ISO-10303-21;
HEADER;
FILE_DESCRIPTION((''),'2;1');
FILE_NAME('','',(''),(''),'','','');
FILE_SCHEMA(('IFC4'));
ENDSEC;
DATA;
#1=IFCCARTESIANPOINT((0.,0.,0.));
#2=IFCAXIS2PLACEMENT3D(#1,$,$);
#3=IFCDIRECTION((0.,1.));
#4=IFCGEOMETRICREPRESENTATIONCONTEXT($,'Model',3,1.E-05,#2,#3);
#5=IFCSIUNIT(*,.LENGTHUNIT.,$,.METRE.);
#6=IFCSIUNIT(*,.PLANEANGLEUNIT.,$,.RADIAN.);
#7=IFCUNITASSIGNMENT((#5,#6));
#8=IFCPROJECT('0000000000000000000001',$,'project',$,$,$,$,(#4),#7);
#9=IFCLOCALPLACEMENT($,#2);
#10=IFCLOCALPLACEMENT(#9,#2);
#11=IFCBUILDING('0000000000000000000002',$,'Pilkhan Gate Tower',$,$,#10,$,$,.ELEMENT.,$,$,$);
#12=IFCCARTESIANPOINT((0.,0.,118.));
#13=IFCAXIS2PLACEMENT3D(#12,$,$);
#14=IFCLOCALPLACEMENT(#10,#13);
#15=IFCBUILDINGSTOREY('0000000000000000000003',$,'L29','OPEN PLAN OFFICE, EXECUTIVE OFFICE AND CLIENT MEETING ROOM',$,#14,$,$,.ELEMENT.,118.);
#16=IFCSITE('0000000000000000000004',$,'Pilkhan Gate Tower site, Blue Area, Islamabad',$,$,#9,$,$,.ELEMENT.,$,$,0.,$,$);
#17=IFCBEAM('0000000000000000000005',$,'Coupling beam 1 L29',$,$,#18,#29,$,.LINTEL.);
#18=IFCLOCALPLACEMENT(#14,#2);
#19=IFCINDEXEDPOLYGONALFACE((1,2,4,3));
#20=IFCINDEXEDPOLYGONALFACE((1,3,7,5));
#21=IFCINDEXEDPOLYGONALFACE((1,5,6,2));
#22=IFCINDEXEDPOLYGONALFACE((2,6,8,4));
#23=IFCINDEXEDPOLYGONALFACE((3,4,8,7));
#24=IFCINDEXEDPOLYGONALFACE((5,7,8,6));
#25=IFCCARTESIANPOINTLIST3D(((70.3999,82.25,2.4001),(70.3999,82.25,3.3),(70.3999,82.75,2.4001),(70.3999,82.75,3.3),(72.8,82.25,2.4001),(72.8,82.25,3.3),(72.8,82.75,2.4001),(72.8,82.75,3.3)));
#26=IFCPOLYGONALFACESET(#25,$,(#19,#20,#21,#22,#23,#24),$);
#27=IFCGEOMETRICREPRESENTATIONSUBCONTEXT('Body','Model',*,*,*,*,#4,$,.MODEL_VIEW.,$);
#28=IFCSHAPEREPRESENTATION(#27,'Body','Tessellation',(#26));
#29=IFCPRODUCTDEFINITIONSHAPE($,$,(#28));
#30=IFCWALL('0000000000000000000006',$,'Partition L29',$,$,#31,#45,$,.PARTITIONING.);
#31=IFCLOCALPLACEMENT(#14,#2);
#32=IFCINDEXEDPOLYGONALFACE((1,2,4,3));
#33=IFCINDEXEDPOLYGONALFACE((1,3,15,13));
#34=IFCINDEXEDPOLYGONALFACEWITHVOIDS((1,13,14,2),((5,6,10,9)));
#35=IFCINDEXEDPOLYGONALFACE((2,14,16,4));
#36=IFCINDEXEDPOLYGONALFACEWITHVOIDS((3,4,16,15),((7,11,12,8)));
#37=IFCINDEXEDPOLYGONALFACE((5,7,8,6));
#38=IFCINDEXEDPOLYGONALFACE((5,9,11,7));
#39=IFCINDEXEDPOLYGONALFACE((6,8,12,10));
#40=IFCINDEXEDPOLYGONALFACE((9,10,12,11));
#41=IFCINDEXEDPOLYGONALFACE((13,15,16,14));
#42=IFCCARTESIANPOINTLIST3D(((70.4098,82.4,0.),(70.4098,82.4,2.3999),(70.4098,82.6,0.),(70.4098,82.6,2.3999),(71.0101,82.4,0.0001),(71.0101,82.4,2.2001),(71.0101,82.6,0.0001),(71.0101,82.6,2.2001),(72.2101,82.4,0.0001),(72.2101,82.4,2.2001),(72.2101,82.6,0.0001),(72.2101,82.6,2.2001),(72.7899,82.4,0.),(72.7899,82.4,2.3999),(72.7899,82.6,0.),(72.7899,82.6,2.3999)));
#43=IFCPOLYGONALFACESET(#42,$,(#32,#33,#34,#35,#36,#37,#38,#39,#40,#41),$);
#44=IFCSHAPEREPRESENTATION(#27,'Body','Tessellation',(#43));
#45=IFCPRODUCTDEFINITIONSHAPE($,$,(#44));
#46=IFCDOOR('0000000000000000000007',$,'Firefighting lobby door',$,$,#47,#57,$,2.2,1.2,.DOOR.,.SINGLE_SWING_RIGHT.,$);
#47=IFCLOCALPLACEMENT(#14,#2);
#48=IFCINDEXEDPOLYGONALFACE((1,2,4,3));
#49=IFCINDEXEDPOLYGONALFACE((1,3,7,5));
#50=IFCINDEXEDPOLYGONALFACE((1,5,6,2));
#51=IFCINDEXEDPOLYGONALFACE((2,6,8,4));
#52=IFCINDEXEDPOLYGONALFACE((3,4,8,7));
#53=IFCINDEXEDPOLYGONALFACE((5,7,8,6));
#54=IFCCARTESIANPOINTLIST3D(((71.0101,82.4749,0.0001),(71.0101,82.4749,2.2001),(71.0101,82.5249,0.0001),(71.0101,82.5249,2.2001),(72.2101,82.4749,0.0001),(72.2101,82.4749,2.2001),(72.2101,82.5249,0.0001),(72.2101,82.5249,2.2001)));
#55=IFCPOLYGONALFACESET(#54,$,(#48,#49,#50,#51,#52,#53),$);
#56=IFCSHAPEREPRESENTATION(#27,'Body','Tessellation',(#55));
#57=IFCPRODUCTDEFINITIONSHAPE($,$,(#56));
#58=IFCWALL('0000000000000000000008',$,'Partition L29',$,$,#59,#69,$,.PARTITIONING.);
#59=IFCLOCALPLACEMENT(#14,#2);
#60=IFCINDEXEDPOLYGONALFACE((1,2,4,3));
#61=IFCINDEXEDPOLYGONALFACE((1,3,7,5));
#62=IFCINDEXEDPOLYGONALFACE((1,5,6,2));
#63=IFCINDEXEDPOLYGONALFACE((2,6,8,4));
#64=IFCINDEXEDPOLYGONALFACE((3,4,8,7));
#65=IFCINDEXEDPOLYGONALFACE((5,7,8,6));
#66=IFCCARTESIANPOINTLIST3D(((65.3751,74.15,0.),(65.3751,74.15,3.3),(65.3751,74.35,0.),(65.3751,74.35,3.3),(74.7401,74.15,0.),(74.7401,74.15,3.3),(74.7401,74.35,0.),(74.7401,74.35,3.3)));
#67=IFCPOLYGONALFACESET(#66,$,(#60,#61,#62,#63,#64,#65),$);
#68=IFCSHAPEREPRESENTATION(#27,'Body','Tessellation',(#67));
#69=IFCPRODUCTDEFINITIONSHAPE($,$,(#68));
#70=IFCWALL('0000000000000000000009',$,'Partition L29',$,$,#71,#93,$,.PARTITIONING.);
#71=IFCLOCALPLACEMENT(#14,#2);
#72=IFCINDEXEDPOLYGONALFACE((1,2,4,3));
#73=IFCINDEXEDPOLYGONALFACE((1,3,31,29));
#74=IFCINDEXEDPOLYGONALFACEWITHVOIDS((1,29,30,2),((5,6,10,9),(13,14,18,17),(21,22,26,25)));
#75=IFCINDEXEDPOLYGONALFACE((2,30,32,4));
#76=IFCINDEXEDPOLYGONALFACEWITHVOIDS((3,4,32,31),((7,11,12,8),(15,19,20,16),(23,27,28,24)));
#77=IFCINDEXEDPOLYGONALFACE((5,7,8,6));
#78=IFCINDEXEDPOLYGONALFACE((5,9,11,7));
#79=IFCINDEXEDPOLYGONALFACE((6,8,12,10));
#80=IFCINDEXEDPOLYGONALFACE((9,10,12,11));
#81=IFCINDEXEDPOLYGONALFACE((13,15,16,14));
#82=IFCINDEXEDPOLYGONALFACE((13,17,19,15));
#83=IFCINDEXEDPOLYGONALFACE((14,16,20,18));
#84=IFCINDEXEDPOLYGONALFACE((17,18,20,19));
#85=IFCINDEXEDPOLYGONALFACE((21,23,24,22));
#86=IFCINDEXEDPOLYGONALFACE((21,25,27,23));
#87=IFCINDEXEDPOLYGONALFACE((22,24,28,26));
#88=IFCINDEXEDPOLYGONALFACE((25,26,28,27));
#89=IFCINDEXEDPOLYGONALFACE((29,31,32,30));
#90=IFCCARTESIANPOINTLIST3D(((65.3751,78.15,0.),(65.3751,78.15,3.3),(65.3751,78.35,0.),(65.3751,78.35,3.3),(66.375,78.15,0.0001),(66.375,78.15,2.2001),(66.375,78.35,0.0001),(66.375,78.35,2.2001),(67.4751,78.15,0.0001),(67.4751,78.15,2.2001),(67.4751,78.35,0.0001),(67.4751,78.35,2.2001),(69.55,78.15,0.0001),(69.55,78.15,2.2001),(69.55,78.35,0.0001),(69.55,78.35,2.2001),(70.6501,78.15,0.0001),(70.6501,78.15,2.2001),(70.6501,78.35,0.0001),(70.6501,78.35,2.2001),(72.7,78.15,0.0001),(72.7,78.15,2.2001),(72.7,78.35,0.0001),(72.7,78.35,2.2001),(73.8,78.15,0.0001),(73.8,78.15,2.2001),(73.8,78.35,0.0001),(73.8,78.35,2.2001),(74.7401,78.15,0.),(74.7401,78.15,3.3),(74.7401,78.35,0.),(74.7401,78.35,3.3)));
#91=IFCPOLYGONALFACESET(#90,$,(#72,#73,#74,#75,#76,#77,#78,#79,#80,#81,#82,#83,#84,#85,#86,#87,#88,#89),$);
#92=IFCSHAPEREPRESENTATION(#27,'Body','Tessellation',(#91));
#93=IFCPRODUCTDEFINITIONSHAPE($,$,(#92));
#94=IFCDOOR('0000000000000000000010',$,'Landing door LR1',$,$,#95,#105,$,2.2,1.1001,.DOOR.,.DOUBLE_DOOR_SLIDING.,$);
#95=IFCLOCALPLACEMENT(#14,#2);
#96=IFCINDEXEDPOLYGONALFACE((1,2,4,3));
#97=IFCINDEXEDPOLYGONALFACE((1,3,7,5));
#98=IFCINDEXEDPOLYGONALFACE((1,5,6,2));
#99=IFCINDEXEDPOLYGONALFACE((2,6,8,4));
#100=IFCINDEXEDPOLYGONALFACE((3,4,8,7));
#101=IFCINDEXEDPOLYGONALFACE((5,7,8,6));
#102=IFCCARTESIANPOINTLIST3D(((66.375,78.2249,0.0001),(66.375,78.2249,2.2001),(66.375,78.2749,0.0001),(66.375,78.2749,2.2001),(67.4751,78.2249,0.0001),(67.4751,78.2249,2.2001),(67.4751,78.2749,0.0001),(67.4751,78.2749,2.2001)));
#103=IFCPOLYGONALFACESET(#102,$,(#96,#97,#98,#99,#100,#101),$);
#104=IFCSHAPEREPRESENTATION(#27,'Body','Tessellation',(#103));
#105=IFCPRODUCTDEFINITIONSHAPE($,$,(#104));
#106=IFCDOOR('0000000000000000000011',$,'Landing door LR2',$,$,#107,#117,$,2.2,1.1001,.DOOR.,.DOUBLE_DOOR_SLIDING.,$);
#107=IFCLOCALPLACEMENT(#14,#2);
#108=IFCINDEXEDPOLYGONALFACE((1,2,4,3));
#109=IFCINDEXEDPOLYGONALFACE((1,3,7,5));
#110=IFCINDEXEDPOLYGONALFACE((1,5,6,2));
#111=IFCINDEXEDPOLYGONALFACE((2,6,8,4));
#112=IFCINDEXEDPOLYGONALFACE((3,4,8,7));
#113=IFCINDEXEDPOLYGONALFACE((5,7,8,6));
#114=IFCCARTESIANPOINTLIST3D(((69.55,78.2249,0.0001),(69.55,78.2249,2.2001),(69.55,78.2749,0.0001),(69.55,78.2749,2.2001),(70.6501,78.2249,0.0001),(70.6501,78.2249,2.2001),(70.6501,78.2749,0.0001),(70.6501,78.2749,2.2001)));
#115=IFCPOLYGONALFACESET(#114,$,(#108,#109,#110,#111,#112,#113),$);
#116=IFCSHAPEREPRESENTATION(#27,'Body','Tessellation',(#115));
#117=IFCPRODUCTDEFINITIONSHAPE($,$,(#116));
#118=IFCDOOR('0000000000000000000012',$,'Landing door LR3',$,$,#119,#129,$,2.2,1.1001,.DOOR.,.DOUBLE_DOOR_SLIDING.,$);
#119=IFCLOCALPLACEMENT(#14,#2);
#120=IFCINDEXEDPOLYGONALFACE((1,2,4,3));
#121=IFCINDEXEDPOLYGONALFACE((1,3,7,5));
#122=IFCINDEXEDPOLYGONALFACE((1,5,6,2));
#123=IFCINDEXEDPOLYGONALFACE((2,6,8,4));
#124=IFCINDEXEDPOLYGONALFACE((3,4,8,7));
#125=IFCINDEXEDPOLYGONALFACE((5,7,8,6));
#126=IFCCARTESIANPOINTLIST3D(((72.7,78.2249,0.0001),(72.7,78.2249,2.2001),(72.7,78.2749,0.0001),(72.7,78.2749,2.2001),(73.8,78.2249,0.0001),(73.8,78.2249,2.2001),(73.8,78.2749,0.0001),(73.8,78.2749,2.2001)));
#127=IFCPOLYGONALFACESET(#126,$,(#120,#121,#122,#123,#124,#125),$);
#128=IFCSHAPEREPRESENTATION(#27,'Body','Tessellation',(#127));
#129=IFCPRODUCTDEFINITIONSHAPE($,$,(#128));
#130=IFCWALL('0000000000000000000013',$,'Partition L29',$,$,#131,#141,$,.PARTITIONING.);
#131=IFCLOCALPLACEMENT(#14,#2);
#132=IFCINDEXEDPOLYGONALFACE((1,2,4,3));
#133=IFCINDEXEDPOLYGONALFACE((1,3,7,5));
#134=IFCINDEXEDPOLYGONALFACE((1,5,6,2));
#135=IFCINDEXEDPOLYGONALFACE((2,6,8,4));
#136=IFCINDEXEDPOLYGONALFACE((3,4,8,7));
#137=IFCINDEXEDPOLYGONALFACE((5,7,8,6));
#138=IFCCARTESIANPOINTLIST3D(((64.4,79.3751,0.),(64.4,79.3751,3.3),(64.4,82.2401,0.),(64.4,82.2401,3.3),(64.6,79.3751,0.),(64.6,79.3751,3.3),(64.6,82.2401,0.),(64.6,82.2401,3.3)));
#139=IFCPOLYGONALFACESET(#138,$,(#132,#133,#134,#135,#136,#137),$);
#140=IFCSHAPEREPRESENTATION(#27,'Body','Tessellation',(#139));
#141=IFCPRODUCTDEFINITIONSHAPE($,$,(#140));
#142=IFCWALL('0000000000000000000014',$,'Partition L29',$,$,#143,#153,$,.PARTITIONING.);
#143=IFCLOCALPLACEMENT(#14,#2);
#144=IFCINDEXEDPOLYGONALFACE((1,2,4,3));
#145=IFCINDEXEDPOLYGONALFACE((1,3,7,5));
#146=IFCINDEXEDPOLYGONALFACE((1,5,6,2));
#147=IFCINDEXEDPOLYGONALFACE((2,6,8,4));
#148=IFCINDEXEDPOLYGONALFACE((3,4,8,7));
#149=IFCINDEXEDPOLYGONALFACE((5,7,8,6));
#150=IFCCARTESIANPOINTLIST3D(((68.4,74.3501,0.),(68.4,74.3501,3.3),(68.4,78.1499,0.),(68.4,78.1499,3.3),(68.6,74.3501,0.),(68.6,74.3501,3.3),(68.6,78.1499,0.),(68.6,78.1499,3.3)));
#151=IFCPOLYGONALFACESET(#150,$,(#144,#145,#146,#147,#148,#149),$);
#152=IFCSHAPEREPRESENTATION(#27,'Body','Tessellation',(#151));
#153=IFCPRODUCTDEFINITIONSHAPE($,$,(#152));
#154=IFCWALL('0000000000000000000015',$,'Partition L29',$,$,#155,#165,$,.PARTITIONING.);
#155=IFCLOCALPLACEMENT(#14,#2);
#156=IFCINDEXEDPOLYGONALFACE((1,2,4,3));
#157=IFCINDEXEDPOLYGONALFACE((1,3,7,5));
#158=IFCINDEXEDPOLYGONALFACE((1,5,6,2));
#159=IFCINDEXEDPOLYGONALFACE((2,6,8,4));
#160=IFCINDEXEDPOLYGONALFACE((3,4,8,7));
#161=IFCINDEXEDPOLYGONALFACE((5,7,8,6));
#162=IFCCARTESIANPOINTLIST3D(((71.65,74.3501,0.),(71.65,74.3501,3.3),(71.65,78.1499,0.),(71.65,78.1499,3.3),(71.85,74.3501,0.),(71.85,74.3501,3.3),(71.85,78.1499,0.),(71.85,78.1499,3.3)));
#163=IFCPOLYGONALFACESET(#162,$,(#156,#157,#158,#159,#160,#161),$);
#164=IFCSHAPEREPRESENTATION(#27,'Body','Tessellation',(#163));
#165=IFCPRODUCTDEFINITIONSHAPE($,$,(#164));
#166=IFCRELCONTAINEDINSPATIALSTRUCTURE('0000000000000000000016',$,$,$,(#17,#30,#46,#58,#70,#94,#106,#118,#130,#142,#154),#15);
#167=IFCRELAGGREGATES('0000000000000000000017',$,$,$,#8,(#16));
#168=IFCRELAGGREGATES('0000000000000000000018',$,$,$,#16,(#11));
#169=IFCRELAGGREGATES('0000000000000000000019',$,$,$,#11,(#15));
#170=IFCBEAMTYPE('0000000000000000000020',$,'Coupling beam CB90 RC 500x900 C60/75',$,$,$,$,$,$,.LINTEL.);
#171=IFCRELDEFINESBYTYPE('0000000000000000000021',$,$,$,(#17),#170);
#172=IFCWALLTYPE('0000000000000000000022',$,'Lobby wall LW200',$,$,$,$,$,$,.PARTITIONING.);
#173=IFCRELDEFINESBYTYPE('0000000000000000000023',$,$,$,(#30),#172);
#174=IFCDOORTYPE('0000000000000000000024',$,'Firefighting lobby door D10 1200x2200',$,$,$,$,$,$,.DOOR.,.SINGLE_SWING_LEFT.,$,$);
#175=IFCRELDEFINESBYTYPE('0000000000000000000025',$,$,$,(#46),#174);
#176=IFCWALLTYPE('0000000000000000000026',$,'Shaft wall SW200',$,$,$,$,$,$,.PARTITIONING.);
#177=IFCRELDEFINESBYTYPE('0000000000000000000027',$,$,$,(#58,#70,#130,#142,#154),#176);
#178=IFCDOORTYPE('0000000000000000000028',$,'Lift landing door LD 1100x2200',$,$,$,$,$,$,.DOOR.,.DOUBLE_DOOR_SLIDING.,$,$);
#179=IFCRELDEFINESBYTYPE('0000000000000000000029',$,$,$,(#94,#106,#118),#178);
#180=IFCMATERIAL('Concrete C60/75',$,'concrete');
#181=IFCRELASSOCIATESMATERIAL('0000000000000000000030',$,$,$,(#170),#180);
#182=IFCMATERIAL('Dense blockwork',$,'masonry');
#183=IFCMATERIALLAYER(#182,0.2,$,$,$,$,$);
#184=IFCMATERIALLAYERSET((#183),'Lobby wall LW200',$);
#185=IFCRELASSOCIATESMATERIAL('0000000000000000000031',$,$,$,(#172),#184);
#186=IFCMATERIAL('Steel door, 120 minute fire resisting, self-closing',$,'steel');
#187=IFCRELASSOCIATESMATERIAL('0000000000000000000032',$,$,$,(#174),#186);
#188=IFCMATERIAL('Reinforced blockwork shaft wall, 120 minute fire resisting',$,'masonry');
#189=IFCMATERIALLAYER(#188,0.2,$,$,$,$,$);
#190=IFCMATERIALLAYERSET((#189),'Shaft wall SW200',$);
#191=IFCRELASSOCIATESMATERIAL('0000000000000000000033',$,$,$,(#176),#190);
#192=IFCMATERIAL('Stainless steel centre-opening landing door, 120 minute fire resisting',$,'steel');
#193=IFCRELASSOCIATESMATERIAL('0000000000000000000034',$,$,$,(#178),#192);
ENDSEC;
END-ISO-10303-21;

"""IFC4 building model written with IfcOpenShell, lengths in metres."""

from ifc_helpers import new_model, si_unit, direction, frame, frame_2d, origin, origin_2d, place, context, subcontext, project, spatial, rectangle, extrude, material, layer, layer_set, material_profile, profile_set, type_object, element, fill, save


model = new_model("IFC4")

# Units and contexts
model_context = context("Model", 3, precision=1e-05, world=origin(), true_north=direction((0.0, 1.0)))
body_context = subcontext(model_context, "Body", "Model", "MODEL_VIEW")
ifc_project = project(units=[si_unit("LENGTHUNIT", "METRE"), si_unit("PLANEANGLEUNIT", "RADIAN")], contexts=[model_context])

# Site, building, storey
site_placement = place(None, origin())
site = spatial("IfcSite", under=ifc_project, at=site_placement, Name="Pilkhan Gate Tower site, Blue Area, Islamabad", CompositionType="ELEMENT", RefElevation=0.0)
building_placement = place(site_placement, origin())
building = spatial("IfcBuilding", under=site, at=building_placement, Name="Pilkhan Gate Tower", CompositionType="ELEMENT")
storey_placement = place(building_placement, frame((0.0, 0.0, 118.0)))
storey = spatial("IfcBuildingStorey", under=building, at=storey_placement, Name="L29", Description="OPEN PLAN OFFICE, EXECUTIVE OFFICE AND CLIENT MEETING ROOM", CompositionType="ELEMENT", Elevation=118.0)

# Beam
ifc_material_1 = material(Name="Concrete C60/75", Category="concrete")
ifc_material_profile = material_profile(ifc_material_1, rectangle(XDim=0.5, YDim=0.8999, at=origin_2d()), Name="RC 500x900")
ifc_profile_set = profile_set([ifc_material_profile], Name="Concrete C60/75")
beam_type = type_object("IfcBeamType", Name="Coupling beam CB90 RC 500x900 C60/75", PredefinedType="LINTEL", material=ifc_profile_set)
beam_placement = place(storey_placement, frame((70.3999, 82.5, 2.8501), z_axis=(1.0, 0.0, 0.0), x_axis=(0.0, 1.0, 0.0)))
element("IfcBeam", 1, at=beam_placement, inside=storey, type_object=beam_type, Name="Coupling beam 1 L29", PredefinedType="LINTEL", context=body_context, shape_type="SweptSolid", body=[
    extrude(rectangle(XDim=0.5, YDim=0.8999, at=origin_2d()), origin(), (0.0, 0.0, 1.0), 2.4001),
])

# Wall, opening, door
ifc_material_2 = material(Name="Dense blockwork", Category="masonry")
ifc_layer_1 = layer(ifc_material_2, 0.2)
ifc_layer_set_1 = layer_set([ifc_layer_1], Name="Lobby wall LW200")
wall_type_1 = type_object("IfcWallType", Name="Lobby wall LW200", PredefinedType="PARTITIONING", material=ifc_layer_set_1)
wall_1_placement = place(storey_placement, frame((70.4099, 82.5, 0.0), z_axis=(0.0, 0.0, 1.0), x_axis=(1.0, 0.0, 0.0)))
wall_1 = element("IfcWall", 2, at=wall_1_placement, inside=storey, type_object=wall_type_1, Name="Partition L29", PredefinedType="PARTITIONING", context=body_context, shape_type="SweptSolid", body=[
    extrude(rectangle(XDim=2.3801, YDim=0.2, at=frame_2d((1.1899, 0.0))), origin(), (0.0, 0.0, 1.0), 2.3999),
])
opening_1_placement = place(wall_1_placement, frame((0.6001, 0.0, 0.0)))
opening_1 = element("IfcOpeningElement", 3, at=opening_1_placement, cuts=wall_1, PredefinedType="OPENING", context=body_context, shape_type="SweptSolid", body=[
    extrude(rectangle(XDim=1.2, YDim=2.2, at=frame_2d((0.6001, 1.1001))), frame((0.0, 0.1099, 0.0), z_axis=(0.0, -1.0, 0.0), x_axis=(1.0, 0.0, 0.0)), (0.0, 0.0, 1.0), 0.22),
])
ifc_material_3 = material(Name="Steel door, 120 minute fire resisting, self-closing", Category="steel")
door_type_1 = type_object("IfcDoorType", Name="Firefighting lobby door D10 1200x2200", OperationType="SINGLE_SWING_LEFT", PredefinedType="DOOR", material=ifc_material_3)
door_1_placement = place(opening_1_placement, origin())
door_1 = element("IfcDoor", 4, at=door_1_placement, inside=storey, type_object=door_type_1, Name="Firefighting lobby door", OperationType="SINGLE_SWING_RIGHT", OverallHeight=2.2, OverallWidth=1.2, PredefinedType="DOOR", context=body_context, shape_type="SweptSolid", body=[
    extrude(rectangle(XDim=1.2, YDim=2.2, at=frame_2d((0.6001, 1.1001))), frame((0.0, 0.0249, 0.0), z_axis=(0.0, -1.0, 0.0), x_axis=(1.0, 0.0, 0.0)), (0.0, 0.0, 1.0), 0.05),
])
fill(opening_1, door_1)

# Wall
ifc_material_4 = material(Name="Reinforced blockwork shaft wall, 120 minute fire resisting", Category="masonry")
ifc_layer_2 = layer(ifc_material_4, 0.2)
ifc_layer_set_2 = layer_set([ifc_layer_2], Name="Shaft wall SW200")
wall_type_2 = type_object("IfcWallType", Name="Shaft wall SW200", PredefinedType="PARTITIONING", material=ifc_layer_set_2)
wall_2_placement = place(storey_placement, frame((65.375, 74.25, 0.0), z_axis=(0.0, 0.0, 1.0), x_axis=(1.0, 0.0, 0.0)))
element("IfcWall", 5, at=wall_2_placement, inside=storey, type_object=wall_type_2, Name="Partition L29", PredefinedType="PARTITIONING", context=body_context, shape_type="SweptSolid", body=[
    extrude(rectangle(XDim=9.365, YDim=0.2, at=frame_2d((4.6826, 0.0))), origin(), (0.0, 0.0, 1.0), 3.3),
])

# Wall, openings, doors
wall_3_placement = place(storey_placement, frame((65.375, 78.25, 0.0), z_axis=(0.0, 0.0, 1.0), x_axis=(1.0, 0.0, 0.0)))
wall_3 = element("IfcWall", 6, at=wall_3_placement, inside=storey, type_object=wall_type_2, Name="Partition L29", PredefinedType="PARTITIONING", context=body_context, shape_type="SweptSolid", body=[
    extrude(rectangle(XDim=9.365, YDim=0.2, at=frame_2d((4.6826, 0.0))), origin(), (0.0, 0.0, 1.0), 3.3),
])
opening_2_placement = place(wall_3_placement, frame((1.0, 0.0, 0.0)))
opening_2 = element("IfcOpeningElement", 7, at=opening_2_placement, cuts=wall_3, PredefinedType="OPENING", context=body_context, shape_type="SweptSolid", body=[
    extrude(rectangle(XDim=1.1001, YDim=2.2, at=frame_2d((0.55, 1.1001))), frame((0.0, 0.1099, 0.0), z_axis=(0.0, -1.0, 0.0), x_axis=(1.0, 0.0, 0.0)), (0.0, 0.0, 1.0), 0.22),
])
opening_3_placement = place(wall_3_placement, frame((4.175, 0.0, 0.0)))
opening_3 = element("IfcOpeningElement", 8, at=opening_3_placement, cuts=wall_3, PredefinedType="OPENING", context=body_context, shape_type="SweptSolid", body=[
    extrude(rectangle(XDim=1.1001, YDim=2.2, at=frame_2d((0.55, 1.1001))), frame((0.0, 0.1099, 0.0), z_axis=(0.0, -1.0, 0.0), x_axis=(1.0, 0.0, 0.0)), (0.0, 0.0, 1.0), 0.22),
])
opening_4_placement = place(wall_3_placement, frame((7.325, 0.0, 0.0)))
opening_4 = element("IfcOpeningElement", 9, at=opening_4_placement, cuts=wall_3, PredefinedType="OPENING", context=body_context, shape_type="SweptSolid", body=[
    extrude(rectangle(XDim=1.1001, YDim=2.2, at=frame_2d((0.55, 1.1001))), frame((0.0, 0.1099, 0.0), z_axis=(0.0, -1.0, 0.0), x_axis=(1.0, 0.0, 0.0)), (0.0, 0.0, 1.0), 0.22),
])
ifc_material_5 = material(Name="Stainless steel centre-opening landing door, 120 minute fire resisting", Category="steel")
door_type_2 = type_object("IfcDoorType", Name="Lift landing door LD 1100x2200", OperationType="DOUBLE_DOOR_SLIDING", PredefinedType="DOOR", material=ifc_material_5)
door_2_placement = place(opening_2_placement, origin())
door_2 = element("IfcDoor", 10, at=door_2_placement, inside=storey, type_object=door_type_2, Name="Landing door LR1", OperationType="DOUBLE_DOOR_SLIDING", OverallHeight=2.2, OverallWidth=1.1001, PredefinedType="DOOR", context=body_context, shape_type="SweptSolid", body=[
    extrude(rectangle(XDim=1.1001, YDim=2.2, at=frame_2d((0.55, 1.1001))), frame((0.0, 0.0249, 0.0), z_axis=(0.0, -1.0, 0.0), x_axis=(1.0, 0.0, 0.0)), (0.0, 0.0, 1.0), 0.05),
])
fill(opening_2, door_2)
door_3_placement = place(opening_3_placement, origin())
door_3 = element("IfcDoor", 11, at=door_3_placement, inside=storey, type_object=door_type_2, Name="Landing door LR2", OperationType="DOUBLE_DOOR_SLIDING", OverallHeight=2.2, OverallWidth=1.1001, PredefinedType="DOOR", context=body_context, shape_type="SweptSolid", body=[
    extrude(rectangle(XDim=1.1001, YDim=2.2, at=frame_2d((0.55, 1.1001))), frame((0.0, 0.0249, 0.0), z_axis=(0.0, -1.0, 0.0), x_axis=(1.0, 0.0, 0.0)), (0.0, 0.0, 1.0), 0.05),
])
fill(opening_3, door_3)
door_4_placement = place(opening_4_placement, origin())
door_4 = element("IfcDoor", 12, at=door_4_placement, inside=storey, type_object=door_type_2, Name="Landing door LR3", OperationType="DOUBLE_DOOR_SLIDING", OverallHeight=2.2, OverallWidth=1.1001, PredefinedType="DOOR", context=body_context, shape_type="SweptSolid", body=[
    extrude(rectangle(XDim=1.1001, YDim=2.2, at=frame_2d((0.55, 1.1001))), frame((0.0, 0.0249, 0.0), z_axis=(0.0, -1.0, 0.0), x_axis=(1.0, 0.0, 0.0)), (0.0, 0.0, 1.0), 0.05),
])
fill(opening_4, door_4)

# Walls
wall_4_placement = place(storey_placement, frame((64.5, 79.375, 0.0), z_axis=(0.0, 0.0, 1.0), x_axis=(0.0, 1.0, 0.0)))
element("IfcWall", 13, at=wall_4_placement, inside=storey, type_object=wall_type_2, Name="Partition L29", PredefinedType="PARTITIONING", context=body_context, shape_type="SweptSolid", body=[
    extrude(rectangle(XDim=2.865, YDim=0.2, at=frame_2d((1.4326, 0.0))), origin(), (0.0, 0.0, 1.0), 3.3),
])
for number, where, z_axis, x_axis, name in (
    (14, (68.5, 74.3501, 0.0), (0.0, 0.0, 1.0), (0.0, 1.0, 0.0), "Partition L29"),
    (15, (71.75, 74.3501, 0.0), (0.0, 0.0, 1.0), (0.0, 1.0, 0.0), "Partition L29"),
):
    element("IfcWall", number, at=place(storey_placement, frame(where, z_axis=z_axis, x_axis=x_axis)), inside=storey, type_object=wall_type_2, Name=name, PredefinedType="PARTITIONING", context=body_context, shape_type="SweptSolid", body=[
        extrude(rectangle(XDim=3.7998, YDim=0.2, at=frame_2d((1.8999, 0.0))), origin(), (0.0, 0.0, 1.0), 3.3),
    ])

save(model, "model.ifc")
